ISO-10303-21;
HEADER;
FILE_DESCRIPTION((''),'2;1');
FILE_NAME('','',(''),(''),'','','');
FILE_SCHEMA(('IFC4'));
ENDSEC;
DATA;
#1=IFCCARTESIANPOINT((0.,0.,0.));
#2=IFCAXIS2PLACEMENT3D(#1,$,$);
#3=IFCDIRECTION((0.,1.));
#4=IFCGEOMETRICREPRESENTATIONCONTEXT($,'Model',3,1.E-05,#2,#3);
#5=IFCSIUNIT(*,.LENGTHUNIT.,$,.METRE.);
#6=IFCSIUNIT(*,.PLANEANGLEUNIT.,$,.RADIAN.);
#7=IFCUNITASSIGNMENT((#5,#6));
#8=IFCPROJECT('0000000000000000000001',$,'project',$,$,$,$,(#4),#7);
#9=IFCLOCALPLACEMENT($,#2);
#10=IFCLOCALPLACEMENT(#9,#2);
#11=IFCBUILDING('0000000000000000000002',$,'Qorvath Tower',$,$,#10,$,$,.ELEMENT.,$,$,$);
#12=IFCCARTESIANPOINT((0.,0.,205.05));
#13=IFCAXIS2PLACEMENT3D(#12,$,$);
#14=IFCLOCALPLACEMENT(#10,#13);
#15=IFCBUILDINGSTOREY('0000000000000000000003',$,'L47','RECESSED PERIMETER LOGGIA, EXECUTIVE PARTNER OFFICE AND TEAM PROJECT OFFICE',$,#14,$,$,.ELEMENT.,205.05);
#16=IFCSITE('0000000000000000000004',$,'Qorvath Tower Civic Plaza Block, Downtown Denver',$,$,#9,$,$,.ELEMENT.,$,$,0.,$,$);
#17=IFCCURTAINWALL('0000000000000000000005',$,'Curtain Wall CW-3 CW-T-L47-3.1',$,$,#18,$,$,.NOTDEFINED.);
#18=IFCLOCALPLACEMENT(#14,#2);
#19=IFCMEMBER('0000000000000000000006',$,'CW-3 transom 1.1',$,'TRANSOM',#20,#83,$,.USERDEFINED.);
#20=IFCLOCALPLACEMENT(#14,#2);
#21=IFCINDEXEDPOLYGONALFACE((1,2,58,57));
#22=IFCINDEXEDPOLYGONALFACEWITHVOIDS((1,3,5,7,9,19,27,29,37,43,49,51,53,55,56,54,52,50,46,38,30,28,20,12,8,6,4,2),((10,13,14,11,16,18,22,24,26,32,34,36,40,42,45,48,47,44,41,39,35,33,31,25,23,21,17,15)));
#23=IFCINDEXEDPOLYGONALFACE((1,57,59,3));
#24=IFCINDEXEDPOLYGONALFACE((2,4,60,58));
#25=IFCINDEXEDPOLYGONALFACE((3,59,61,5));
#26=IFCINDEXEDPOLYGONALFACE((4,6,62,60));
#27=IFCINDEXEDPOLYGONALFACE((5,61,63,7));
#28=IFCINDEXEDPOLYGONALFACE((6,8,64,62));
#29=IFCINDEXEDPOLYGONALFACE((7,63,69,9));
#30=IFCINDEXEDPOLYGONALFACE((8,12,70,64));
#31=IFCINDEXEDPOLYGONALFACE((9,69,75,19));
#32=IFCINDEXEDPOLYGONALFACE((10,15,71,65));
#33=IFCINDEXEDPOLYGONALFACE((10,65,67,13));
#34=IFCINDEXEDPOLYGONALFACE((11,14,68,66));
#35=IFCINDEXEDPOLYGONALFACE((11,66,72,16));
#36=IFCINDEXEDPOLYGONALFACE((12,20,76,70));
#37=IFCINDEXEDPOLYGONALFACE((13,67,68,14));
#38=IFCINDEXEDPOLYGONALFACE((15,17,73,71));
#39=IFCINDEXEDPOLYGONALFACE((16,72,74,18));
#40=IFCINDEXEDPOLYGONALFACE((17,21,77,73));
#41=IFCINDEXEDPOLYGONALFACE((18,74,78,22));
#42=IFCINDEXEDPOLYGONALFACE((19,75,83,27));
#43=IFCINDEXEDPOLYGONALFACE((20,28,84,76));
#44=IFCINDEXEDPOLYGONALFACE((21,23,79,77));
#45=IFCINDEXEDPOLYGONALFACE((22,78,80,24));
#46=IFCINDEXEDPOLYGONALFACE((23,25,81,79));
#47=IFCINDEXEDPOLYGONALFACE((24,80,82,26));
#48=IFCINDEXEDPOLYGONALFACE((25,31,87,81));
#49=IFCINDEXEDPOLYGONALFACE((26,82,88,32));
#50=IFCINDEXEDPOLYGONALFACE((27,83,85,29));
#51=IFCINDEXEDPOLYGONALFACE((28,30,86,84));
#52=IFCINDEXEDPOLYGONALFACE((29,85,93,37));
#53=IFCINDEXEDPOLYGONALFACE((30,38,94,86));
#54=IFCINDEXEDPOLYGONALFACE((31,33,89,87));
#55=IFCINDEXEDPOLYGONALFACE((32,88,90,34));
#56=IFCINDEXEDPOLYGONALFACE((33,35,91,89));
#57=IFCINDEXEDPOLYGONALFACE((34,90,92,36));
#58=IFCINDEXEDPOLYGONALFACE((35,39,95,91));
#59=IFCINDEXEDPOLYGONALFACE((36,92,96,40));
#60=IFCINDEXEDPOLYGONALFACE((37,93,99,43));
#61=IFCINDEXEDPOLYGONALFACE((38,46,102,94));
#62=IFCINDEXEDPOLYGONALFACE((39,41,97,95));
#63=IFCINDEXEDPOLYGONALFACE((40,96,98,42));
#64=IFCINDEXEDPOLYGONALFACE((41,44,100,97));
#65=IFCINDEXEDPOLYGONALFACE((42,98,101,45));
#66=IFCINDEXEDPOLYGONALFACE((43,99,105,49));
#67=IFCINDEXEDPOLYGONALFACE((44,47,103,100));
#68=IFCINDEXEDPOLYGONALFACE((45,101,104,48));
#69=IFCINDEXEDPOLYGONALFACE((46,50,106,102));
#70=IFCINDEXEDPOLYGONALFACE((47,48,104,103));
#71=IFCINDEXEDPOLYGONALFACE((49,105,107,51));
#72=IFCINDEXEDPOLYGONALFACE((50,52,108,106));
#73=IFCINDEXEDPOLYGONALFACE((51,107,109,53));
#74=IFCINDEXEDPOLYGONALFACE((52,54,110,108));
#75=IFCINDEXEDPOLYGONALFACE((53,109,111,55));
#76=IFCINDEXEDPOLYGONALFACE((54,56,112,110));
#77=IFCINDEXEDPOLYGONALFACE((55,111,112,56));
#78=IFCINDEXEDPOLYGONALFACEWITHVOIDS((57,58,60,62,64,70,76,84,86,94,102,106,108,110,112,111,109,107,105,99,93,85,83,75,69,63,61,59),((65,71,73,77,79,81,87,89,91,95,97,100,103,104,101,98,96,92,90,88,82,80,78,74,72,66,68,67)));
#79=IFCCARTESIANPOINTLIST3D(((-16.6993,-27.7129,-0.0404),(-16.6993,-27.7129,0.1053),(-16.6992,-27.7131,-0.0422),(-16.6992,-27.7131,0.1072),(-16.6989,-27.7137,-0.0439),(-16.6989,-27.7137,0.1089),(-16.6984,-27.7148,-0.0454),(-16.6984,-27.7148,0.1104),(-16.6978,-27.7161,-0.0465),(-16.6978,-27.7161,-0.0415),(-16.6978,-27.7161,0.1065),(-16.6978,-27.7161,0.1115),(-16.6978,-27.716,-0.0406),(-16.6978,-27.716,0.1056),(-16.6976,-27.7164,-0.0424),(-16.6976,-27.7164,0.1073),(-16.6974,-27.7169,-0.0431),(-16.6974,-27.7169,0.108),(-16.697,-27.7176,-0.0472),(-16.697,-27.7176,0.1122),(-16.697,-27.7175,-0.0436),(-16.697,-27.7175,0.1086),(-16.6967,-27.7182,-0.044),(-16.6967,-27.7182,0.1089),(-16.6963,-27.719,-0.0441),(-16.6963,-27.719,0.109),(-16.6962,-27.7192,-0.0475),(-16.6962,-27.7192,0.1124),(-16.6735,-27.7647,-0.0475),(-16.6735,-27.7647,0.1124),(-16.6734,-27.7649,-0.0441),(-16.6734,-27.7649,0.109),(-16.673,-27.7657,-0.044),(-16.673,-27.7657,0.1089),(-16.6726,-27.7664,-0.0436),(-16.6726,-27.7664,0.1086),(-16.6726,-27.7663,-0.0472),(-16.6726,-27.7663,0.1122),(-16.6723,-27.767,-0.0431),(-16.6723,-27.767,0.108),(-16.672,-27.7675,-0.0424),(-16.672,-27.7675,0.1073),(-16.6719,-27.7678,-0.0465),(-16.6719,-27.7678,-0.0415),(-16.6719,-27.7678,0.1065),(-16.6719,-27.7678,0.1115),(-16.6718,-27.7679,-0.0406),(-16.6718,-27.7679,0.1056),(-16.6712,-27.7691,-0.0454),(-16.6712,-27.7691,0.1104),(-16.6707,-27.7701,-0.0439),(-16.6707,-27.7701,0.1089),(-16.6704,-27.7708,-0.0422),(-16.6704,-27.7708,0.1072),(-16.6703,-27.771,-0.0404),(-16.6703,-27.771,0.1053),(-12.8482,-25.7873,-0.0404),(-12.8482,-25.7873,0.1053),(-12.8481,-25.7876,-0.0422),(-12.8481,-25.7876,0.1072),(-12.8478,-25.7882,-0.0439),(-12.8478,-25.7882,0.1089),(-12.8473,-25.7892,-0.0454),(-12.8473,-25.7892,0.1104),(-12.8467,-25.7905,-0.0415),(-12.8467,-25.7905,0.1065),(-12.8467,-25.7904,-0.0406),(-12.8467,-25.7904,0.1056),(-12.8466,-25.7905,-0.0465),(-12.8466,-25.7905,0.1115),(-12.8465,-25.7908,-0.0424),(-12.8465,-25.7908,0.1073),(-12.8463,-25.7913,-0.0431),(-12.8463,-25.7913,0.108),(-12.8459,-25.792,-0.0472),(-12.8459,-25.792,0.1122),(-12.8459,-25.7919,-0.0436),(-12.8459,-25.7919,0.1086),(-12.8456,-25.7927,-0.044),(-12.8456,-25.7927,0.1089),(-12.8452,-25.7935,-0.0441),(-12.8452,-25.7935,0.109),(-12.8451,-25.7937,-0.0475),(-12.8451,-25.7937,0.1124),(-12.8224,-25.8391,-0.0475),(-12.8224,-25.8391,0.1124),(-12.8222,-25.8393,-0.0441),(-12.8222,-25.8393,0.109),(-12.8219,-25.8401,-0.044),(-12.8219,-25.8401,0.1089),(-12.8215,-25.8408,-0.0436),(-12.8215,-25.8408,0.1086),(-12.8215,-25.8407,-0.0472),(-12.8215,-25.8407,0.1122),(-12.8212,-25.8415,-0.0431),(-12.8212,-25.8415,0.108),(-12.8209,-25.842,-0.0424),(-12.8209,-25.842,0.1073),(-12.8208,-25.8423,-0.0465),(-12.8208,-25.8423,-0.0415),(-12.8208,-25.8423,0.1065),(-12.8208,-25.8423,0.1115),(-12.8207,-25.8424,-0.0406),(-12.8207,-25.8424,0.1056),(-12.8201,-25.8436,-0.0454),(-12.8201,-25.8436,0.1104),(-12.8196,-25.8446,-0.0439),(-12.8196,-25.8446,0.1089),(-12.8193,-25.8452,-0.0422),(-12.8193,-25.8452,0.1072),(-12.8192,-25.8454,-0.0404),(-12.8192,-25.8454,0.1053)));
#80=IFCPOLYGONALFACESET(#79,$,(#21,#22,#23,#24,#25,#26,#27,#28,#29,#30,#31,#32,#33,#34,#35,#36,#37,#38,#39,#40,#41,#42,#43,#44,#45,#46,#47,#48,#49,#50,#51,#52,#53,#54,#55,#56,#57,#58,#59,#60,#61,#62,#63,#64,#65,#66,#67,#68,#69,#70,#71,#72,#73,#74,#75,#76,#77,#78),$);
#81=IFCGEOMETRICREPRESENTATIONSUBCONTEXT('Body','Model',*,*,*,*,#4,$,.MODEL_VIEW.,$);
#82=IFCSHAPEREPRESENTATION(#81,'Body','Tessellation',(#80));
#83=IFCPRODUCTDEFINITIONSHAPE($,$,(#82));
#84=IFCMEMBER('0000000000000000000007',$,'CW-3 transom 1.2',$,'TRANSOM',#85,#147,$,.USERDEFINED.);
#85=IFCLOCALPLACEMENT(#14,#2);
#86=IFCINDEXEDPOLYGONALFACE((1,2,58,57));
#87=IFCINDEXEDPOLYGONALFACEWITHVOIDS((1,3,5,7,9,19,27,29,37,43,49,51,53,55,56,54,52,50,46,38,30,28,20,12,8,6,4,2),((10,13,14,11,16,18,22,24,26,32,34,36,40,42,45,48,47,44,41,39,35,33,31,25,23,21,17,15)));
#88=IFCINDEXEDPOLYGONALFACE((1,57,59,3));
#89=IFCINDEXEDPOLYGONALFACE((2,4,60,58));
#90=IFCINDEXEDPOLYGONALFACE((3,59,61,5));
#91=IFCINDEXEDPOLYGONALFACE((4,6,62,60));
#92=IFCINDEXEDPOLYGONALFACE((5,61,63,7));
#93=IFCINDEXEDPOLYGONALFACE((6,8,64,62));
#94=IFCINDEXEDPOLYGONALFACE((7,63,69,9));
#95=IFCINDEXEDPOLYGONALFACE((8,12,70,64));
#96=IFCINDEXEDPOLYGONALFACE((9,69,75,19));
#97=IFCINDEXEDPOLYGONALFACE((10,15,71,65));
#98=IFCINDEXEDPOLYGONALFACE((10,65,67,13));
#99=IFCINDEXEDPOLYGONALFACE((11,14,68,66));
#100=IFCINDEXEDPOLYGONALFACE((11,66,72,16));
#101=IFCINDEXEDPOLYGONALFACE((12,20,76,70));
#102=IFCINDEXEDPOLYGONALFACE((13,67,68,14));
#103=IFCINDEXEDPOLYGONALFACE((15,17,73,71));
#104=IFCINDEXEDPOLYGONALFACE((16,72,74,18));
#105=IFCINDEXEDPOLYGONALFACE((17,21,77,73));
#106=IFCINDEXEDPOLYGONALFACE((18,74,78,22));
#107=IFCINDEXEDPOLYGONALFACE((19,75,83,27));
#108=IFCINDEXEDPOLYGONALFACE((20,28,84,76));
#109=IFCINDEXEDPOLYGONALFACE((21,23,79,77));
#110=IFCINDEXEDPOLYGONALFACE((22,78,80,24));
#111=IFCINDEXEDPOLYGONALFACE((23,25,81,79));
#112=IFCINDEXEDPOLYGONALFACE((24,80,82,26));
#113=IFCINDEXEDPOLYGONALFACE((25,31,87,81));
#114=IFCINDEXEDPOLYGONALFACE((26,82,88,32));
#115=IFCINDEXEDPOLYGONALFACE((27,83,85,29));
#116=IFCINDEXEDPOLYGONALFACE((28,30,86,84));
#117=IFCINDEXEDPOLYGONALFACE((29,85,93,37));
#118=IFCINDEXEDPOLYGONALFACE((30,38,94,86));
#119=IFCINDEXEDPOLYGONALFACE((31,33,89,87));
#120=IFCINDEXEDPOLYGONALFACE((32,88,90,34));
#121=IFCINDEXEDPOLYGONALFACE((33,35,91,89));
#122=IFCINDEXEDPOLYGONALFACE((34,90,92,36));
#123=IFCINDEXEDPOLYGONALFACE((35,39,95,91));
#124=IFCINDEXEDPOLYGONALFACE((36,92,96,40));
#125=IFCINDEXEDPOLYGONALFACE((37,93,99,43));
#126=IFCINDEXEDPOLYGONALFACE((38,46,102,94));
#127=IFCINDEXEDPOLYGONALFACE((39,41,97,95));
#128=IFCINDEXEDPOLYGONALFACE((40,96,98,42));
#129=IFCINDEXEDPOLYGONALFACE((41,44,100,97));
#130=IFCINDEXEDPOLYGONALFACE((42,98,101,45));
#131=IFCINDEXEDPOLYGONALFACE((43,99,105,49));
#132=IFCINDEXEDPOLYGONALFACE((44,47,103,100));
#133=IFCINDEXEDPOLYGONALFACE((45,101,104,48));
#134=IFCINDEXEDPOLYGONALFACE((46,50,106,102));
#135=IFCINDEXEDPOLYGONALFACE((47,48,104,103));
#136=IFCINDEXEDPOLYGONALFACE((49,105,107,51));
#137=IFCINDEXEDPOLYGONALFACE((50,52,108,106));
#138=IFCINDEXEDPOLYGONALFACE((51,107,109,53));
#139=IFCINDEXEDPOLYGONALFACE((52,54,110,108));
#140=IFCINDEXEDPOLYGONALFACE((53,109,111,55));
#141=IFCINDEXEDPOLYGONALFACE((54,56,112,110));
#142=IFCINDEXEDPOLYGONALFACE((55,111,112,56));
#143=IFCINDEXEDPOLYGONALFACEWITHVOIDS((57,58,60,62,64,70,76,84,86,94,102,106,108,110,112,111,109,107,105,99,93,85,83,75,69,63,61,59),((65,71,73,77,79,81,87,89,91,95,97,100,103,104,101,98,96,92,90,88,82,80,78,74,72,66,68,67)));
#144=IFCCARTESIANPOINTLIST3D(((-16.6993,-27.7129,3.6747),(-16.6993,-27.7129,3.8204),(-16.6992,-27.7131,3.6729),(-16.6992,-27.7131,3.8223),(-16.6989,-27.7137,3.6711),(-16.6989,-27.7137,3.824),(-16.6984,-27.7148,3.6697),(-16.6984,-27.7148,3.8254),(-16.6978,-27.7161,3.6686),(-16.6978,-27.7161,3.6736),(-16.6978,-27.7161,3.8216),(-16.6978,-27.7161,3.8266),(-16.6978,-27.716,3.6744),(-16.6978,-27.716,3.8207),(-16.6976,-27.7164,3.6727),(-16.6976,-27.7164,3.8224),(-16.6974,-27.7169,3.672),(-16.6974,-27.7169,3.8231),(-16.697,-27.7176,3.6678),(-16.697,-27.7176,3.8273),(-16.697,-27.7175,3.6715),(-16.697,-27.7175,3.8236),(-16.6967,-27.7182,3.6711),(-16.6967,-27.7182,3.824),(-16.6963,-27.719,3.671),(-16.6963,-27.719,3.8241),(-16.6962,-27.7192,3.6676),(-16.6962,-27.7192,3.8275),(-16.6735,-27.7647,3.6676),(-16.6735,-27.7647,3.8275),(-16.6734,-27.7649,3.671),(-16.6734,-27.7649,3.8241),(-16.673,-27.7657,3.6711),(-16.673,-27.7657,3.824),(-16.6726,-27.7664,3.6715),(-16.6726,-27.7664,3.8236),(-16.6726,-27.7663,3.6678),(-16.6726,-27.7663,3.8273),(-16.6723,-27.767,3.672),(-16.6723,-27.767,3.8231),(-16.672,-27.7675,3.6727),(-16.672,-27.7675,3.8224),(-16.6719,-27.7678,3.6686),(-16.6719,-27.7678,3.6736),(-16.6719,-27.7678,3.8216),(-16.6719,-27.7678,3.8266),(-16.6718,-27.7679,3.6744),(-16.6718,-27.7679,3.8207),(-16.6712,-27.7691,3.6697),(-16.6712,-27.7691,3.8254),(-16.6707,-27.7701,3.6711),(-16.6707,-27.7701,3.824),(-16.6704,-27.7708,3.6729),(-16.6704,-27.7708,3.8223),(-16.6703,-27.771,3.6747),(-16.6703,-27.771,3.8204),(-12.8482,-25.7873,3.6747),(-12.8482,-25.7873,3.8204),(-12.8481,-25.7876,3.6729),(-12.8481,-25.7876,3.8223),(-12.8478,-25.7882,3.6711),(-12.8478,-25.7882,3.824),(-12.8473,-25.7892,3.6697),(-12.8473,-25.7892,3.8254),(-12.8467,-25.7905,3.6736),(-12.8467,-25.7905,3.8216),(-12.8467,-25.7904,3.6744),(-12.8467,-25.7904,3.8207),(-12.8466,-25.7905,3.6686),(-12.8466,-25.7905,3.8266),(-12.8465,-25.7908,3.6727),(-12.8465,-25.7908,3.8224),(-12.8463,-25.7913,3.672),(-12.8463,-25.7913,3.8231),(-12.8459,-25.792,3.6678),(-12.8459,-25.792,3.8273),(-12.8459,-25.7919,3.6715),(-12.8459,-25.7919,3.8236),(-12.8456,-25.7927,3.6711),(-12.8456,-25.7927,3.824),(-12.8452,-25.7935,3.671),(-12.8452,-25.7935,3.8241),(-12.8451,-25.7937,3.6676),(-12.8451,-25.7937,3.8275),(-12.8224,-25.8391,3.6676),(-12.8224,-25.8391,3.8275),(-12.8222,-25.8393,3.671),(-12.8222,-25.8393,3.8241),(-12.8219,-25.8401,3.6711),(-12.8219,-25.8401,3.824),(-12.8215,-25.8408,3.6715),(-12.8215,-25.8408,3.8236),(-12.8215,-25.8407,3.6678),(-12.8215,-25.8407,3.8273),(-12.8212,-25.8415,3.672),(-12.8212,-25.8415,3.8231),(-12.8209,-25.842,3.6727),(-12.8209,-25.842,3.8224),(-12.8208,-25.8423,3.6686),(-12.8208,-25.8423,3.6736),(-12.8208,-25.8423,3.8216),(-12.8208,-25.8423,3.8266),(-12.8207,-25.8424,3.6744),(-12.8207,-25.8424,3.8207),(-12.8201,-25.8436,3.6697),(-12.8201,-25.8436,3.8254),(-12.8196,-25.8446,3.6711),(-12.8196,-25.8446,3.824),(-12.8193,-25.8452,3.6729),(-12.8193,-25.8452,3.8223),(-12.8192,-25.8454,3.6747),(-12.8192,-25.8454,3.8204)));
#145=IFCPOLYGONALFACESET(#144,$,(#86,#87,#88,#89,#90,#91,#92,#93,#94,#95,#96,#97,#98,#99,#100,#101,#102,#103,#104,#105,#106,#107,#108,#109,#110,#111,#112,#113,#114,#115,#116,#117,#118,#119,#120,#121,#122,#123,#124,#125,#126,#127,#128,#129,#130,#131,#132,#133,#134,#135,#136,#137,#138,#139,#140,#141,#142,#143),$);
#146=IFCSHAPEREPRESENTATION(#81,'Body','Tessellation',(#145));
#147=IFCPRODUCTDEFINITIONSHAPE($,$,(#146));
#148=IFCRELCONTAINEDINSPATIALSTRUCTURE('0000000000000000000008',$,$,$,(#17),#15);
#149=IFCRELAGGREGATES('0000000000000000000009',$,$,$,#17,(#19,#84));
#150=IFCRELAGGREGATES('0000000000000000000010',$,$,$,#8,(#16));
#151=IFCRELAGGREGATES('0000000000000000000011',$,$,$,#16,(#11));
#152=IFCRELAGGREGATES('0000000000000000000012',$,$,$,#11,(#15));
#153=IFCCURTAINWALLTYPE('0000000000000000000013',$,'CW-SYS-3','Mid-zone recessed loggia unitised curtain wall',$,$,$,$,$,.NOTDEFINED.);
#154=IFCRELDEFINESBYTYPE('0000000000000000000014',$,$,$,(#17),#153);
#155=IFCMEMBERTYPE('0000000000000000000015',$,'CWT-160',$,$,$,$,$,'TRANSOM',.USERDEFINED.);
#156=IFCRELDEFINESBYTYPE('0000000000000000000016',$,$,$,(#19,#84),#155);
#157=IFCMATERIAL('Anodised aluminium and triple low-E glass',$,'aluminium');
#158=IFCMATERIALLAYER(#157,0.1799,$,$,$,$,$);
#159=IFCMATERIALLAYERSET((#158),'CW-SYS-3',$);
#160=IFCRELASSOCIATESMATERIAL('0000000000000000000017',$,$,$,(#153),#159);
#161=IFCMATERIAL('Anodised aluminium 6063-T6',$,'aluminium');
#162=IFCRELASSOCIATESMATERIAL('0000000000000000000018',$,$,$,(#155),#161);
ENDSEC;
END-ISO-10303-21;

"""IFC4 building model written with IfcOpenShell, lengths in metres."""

from ifc_helpers import new_model, si_unit, direction, frame, origin, origin_2d, place, context, subcontext, project, spatial, hollow_rectangle, extrude, material, layer, layer_set, material_profile, profile_set, type_object, element, aggregate, save


model = new_model("IFC4")

# Units and contexts
model_context = context("Model", 3, precision=1e-05, world=origin(), true_north=direction((0.0, 1.0)))
body_context = subcontext(model_context, "Body", "Model", "MODEL_VIEW")
ifc_project = project(units=[si_unit("LENGTHUNIT", "METRE"), si_unit("PLANEANGLEUNIT", "RADIAN")], contexts=[model_context])

# Site, building, storey
site_placement = place(None, origin())
site = spatial("IfcSite", under=ifc_project, at=site_placement, Name="Qorvath Tower Civic Plaza Block, Downtown Denver", CompositionType="ELEMENT", RefElevation=0.0)
building_placement = place(site_placement, origin())
building = spatial("IfcBuilding", under=site, at=building_placement, Name="Qorvath Tower", CompositionType="ELEMENT")
storey_placement = place(building_placement, frame((0.0, 0.0, 205.05)))
storey = spatial("IfcBuildingStorey", under=building, at=storey_placement, Name="L47", Description="RECESSED PERIMETER LOGGIA, EXECUTIVE PARTNER OFFICE AND TEAM PROJECT OFFICE", CompositionType="ELEMENT", Elevation=205.05)

# Shared definitions
ifc_material_1 = material(Name="Anodised aluminium and triple low-E glass", Category="aluminium")
ifc_layer_1 = layer(ifc_material_1, 0.1799)
ifc_layer_set_1 = layer_set([ifc_layer_1], Name="CW-SYS-3")
curtain_wall_type = type_object("IfcCurtainWallType", Name="CW-SYS-3", Description="Mid-zone recessed loggia unitised curtain wall", PredefinedType="NOTDEFINED", material=ifc_layer_set_1)

# Curtain wall
curtain_wall_1_placement = place(storey_placement, origin())
curtain_wall_1 = element("IfcCurtainWall", 1, at=curtain_wall_1_placement, inside=storey, type_object=curtain_wall_type, Name="Curtain Wall CW-3 CW-T-L47-3.1", PredefinedType="NOTDEFINED")

# Members
ifc_material_2 = material(Name="Anodised aluminium 6063-T6", Category="aluminium")
ifc_material_profile_1 = material_profile(ifc_material_2, hollow_rectangle(XDim=0.0649, YDim=0.1599, WallThickness=0.0034, InnerFilletRadius=0.0034, OuterFilletRadius=0.0071, at=origin_2d()), Name="CWT 160x65")
ifc_profile_set_1 = profile_set([ifc_material_profile_1], Name="Anodised aluminium 6063-T6")
member_type_1 = type_object("IfcMemberType", Name="CWT-160", ElementType="TRANSOM", PredefinedType="USERDEFINED", material=ifc_profile_set_1)
member_1_placement = place(storey_placement, frame((-16.6848, -27.7419, 0.0325), z_axis=(0.894427, 0.447214, 0.0), x_axis=(-0.447214, 0.894427, 0.0)))
member_1 = element("IfcMember", 2, at=member_1_placement, type_object=member_type_1, Name="CW-3 transom 1.1", ObjectType="TRANSOM", PredefinedType="USERDEFINED", context=body_context, shape_type="SweptSolid", body=[
    extrude(hollow_rectangle(XDim=0.0649, YDim=0.1599, WallThickness=0.0034, InnerFilletRadius=0.0034, OuterFilletRadius=0.0071, at=origin_2d()), origin(), (0.0, 0.0, 1.0), 4.3057),
])
member_2_placement = place(storey_placement, frame((-16.6848, -27.7419, 3.7476), z_axis=(0.894427, 0.447214, 0.0), x_axis=(-0.447214, 0.894427, 0.0)))
member_2 = element("IfcMember", 3, at=member_2_placement, type_object=member_type_1, Name="CW-3 transom 1.2", ObjectType="TRANSOM", PredefinedType="USERDEFINED", context=body_context, shape_type="SweptSolid", body=[
    extrude(hollow_rectangle(XDim=0.0649, YDim=0.1599, WallThickness=0.0034, InnerFilletRadius=0.0034, OuterFilletRadius=0.0071, at=origin_2d()), origin(), (0.0, 0.0, 1.0), 4.3057),
])

aggregate(curtain_wall_1, [member_1, member_2])

save(model, "model.ifc")
